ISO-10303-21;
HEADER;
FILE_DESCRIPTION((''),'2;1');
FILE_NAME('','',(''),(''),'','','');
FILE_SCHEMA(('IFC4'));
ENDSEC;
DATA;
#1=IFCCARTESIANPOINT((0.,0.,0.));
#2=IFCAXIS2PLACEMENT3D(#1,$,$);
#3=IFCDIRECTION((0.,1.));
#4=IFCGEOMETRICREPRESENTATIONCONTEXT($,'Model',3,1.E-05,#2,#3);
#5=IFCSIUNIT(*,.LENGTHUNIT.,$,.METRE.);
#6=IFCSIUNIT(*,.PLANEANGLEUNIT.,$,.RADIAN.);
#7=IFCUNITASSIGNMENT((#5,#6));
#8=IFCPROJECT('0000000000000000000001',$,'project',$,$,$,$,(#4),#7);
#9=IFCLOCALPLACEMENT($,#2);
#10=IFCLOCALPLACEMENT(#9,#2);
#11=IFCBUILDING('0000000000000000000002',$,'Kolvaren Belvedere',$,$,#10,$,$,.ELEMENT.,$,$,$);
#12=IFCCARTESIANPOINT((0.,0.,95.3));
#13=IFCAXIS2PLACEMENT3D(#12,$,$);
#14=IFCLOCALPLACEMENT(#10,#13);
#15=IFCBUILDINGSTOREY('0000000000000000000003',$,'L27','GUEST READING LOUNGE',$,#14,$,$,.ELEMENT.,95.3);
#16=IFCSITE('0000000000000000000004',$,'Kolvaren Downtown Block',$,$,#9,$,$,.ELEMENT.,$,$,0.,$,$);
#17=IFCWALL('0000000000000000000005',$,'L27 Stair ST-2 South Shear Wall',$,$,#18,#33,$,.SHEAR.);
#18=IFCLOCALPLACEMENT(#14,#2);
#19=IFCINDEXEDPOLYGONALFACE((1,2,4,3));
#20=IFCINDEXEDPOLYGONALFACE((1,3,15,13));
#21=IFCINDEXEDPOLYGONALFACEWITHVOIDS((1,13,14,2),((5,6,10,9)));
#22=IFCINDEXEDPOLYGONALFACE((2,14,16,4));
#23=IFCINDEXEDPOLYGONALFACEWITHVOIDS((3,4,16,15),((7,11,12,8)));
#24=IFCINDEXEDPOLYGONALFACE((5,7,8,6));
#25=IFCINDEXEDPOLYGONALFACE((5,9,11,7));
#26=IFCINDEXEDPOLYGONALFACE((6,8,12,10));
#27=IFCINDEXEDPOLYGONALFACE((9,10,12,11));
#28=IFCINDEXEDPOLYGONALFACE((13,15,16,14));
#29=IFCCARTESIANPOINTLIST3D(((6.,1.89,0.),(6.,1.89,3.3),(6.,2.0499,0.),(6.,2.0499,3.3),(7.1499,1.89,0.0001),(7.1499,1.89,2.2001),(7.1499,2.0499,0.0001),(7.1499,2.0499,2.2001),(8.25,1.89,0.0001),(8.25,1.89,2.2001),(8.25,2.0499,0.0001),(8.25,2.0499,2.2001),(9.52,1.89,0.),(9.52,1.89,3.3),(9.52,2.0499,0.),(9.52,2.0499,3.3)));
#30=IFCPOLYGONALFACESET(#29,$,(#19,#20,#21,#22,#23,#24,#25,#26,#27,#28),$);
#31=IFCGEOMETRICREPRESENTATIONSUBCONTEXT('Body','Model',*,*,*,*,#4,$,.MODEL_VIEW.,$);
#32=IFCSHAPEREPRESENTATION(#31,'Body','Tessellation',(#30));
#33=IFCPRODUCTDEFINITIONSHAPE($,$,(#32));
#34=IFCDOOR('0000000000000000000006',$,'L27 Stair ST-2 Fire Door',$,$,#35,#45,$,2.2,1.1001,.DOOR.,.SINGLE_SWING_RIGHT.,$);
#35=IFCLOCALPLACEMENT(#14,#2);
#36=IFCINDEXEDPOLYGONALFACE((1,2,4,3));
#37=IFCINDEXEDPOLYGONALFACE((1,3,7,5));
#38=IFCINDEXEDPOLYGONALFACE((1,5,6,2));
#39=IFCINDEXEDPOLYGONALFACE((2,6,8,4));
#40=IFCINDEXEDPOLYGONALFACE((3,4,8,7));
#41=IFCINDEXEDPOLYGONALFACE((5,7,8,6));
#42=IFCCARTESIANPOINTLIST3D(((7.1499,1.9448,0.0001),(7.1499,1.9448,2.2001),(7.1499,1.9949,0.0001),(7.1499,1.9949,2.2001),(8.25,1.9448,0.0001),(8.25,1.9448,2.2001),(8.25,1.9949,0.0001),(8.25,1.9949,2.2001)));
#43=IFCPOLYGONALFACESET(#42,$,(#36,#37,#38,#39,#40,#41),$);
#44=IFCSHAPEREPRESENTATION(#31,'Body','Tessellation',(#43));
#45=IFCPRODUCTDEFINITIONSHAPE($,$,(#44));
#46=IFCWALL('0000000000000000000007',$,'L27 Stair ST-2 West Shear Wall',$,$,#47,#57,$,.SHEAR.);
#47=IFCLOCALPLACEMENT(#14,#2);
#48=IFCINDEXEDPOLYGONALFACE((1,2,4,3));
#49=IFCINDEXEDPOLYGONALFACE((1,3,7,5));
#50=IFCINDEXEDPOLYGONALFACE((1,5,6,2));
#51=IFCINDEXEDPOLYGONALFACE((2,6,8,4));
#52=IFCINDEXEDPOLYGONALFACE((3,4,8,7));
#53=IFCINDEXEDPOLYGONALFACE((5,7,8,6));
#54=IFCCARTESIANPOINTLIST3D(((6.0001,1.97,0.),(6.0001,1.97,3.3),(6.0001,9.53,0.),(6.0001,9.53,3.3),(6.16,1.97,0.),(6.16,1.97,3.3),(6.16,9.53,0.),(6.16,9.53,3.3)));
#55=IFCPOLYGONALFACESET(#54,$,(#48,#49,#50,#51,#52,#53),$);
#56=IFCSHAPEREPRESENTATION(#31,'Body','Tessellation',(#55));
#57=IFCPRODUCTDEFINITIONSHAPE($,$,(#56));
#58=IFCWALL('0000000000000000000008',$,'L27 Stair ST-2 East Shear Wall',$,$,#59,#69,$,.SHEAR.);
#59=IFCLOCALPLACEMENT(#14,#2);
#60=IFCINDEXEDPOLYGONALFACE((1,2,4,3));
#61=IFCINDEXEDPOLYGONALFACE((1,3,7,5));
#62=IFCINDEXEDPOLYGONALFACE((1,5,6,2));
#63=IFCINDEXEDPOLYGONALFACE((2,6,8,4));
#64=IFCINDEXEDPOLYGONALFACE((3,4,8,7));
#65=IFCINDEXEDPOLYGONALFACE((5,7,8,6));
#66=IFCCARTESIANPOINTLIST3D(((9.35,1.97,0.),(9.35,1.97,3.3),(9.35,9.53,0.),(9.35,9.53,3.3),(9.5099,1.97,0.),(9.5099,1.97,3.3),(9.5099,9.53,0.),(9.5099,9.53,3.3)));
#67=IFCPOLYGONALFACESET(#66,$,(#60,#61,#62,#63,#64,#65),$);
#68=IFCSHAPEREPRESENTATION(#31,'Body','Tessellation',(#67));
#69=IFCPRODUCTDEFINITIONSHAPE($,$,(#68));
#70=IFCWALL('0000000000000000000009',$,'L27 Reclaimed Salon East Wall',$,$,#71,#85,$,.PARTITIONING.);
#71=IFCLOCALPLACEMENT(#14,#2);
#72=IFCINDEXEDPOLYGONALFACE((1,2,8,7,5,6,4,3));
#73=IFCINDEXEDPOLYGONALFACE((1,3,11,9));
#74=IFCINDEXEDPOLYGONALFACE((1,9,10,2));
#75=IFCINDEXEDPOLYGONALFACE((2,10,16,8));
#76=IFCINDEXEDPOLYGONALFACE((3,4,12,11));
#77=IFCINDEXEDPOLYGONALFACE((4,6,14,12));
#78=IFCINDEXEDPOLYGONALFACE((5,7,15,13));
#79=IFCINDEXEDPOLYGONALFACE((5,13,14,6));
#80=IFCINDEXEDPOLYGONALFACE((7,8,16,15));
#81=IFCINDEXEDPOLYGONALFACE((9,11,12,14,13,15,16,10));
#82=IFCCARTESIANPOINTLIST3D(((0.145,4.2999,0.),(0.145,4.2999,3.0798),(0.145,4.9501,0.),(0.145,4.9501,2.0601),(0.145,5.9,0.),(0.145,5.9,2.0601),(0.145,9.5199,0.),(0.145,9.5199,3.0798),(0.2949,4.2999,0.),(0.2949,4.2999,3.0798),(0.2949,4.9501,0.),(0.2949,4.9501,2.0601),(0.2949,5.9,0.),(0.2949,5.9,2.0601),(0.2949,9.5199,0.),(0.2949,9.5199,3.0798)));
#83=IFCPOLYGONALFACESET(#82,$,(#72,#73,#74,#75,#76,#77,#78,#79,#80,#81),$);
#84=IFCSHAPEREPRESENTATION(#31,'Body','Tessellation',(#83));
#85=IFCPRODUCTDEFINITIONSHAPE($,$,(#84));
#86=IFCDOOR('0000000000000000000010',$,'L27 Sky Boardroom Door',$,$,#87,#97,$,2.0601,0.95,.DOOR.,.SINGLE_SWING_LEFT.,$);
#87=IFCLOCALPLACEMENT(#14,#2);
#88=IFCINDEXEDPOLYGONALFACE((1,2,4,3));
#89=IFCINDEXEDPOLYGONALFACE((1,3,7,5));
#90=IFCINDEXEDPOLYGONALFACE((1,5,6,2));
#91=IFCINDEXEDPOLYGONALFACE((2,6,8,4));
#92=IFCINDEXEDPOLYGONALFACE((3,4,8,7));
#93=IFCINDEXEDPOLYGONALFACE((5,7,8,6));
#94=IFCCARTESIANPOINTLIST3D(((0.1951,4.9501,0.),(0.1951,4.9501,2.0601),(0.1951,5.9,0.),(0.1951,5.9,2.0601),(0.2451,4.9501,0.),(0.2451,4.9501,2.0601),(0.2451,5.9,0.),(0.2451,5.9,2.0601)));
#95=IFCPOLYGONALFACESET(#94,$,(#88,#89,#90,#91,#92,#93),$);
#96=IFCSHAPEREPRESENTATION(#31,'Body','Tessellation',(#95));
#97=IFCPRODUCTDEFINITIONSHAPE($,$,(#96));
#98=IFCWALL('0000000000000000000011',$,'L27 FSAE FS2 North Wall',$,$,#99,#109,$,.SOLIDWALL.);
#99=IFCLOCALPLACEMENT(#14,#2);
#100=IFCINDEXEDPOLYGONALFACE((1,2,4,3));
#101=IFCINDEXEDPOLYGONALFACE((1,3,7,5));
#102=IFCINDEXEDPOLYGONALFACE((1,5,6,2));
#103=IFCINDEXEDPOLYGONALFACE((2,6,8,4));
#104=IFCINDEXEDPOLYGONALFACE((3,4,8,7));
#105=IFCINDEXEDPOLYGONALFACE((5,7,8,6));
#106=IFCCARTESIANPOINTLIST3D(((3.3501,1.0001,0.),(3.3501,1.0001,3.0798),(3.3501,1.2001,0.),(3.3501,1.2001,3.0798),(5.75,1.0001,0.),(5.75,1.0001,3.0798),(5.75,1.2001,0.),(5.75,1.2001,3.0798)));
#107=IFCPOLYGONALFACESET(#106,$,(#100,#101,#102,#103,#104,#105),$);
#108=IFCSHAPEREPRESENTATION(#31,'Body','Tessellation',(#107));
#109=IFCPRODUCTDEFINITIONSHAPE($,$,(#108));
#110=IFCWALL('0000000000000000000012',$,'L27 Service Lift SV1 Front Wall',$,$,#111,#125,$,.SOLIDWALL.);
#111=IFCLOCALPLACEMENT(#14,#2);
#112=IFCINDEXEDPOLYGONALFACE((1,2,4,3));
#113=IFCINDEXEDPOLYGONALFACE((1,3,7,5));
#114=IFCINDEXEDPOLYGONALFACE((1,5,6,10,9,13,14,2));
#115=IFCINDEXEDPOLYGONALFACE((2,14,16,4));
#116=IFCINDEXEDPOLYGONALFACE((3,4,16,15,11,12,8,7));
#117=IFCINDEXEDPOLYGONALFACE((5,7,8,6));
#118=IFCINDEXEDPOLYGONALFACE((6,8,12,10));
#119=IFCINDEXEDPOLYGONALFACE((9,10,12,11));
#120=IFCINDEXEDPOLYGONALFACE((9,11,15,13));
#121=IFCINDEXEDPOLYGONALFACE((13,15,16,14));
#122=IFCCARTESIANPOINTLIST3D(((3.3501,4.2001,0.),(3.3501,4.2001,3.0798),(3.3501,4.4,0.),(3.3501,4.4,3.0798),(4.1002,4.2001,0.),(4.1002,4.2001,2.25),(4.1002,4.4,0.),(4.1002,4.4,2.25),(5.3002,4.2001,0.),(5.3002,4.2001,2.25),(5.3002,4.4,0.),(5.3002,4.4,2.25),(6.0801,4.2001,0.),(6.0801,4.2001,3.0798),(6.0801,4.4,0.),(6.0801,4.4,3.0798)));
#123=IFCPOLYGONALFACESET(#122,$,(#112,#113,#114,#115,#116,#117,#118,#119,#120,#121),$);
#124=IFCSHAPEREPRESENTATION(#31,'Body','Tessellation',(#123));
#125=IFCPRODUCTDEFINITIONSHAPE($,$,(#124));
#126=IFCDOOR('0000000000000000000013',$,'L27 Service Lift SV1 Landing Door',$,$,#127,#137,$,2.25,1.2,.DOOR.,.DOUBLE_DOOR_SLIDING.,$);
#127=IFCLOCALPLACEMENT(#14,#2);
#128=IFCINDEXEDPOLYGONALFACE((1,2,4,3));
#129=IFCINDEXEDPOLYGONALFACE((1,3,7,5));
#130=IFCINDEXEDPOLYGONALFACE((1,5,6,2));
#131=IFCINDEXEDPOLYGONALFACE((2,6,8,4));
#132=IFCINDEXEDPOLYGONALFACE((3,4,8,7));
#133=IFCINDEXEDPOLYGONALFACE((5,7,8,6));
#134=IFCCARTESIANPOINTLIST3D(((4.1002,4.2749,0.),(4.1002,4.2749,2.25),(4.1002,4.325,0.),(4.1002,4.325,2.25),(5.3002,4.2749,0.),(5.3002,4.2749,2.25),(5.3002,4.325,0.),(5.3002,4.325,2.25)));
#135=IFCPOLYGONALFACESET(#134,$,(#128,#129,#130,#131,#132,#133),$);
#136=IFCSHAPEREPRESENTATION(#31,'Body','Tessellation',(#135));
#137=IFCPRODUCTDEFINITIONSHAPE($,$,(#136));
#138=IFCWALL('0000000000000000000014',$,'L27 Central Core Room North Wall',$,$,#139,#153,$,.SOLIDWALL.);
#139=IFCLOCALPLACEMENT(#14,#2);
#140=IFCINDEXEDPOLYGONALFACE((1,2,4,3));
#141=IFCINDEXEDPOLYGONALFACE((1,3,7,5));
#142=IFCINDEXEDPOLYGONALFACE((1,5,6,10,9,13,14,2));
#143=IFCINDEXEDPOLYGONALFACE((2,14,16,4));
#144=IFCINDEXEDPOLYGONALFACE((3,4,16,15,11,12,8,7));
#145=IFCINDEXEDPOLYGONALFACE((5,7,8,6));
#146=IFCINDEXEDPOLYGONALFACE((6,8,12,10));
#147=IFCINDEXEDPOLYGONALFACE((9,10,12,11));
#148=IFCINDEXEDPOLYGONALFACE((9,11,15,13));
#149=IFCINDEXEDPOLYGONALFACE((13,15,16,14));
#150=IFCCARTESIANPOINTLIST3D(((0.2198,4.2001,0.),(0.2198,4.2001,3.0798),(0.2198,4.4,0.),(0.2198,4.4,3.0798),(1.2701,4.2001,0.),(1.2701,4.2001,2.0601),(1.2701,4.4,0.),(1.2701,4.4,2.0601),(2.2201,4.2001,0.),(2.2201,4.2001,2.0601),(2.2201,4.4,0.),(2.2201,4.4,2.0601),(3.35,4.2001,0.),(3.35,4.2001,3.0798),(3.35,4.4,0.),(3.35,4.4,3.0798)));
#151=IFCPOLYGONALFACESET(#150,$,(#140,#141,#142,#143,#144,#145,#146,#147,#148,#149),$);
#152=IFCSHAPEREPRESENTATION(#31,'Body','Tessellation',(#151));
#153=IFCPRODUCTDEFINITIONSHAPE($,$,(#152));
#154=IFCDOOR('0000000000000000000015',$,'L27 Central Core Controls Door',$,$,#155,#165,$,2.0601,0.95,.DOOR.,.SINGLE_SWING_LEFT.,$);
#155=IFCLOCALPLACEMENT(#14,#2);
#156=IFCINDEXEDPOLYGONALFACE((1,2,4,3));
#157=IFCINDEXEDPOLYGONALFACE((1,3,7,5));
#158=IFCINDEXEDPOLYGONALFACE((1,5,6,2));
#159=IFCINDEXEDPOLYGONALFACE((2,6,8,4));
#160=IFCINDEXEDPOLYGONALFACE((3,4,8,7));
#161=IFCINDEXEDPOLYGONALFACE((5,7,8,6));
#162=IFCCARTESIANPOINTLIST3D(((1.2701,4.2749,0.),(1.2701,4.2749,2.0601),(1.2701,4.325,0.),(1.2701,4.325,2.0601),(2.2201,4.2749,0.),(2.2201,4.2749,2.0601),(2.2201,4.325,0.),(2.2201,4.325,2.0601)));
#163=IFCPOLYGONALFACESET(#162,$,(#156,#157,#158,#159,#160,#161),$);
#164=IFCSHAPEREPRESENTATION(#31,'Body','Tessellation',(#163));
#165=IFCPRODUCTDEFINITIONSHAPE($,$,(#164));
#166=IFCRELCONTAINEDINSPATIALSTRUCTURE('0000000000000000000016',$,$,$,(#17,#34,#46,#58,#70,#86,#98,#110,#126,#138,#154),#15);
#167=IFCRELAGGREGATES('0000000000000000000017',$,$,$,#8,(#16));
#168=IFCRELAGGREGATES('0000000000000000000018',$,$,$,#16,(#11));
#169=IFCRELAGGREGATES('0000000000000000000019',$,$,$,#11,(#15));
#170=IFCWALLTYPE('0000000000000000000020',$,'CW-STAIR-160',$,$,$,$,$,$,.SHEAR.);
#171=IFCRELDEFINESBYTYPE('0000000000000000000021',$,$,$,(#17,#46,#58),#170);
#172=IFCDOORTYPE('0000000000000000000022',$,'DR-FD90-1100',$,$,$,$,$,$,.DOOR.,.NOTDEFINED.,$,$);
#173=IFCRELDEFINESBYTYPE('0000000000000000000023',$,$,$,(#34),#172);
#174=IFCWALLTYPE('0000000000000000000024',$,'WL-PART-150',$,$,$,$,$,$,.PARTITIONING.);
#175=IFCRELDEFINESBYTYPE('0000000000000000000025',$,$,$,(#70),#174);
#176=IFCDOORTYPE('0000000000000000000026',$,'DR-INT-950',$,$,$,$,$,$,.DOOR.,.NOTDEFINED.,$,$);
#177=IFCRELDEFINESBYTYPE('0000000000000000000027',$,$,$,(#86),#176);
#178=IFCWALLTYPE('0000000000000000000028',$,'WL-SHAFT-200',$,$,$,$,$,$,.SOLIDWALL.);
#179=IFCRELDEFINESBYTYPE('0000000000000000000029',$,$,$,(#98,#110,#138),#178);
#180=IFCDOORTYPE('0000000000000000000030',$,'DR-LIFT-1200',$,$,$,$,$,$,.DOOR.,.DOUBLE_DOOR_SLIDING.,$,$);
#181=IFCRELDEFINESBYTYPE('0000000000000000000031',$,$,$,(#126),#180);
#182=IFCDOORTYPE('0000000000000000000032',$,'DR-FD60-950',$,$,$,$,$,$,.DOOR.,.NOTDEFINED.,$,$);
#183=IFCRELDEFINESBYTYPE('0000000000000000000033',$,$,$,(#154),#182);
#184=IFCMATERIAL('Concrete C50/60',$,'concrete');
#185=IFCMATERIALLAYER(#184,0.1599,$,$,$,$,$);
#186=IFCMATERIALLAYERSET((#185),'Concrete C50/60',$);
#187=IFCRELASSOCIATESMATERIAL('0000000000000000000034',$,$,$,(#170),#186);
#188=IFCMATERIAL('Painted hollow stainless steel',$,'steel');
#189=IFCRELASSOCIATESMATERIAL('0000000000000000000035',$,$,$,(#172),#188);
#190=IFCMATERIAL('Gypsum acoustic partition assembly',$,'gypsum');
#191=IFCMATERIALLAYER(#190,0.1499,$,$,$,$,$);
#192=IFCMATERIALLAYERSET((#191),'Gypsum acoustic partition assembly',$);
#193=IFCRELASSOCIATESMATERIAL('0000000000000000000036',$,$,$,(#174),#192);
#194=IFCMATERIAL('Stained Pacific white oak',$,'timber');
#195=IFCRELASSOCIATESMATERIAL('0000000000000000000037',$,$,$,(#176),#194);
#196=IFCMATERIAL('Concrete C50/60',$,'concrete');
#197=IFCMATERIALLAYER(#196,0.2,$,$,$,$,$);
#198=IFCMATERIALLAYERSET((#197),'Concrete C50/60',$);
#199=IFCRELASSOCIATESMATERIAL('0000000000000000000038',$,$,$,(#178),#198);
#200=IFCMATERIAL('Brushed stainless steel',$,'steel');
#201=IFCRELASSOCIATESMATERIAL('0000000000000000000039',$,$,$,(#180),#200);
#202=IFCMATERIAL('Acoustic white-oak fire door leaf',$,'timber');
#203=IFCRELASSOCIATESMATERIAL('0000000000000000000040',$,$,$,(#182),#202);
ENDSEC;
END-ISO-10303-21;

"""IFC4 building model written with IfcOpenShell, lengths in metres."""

from ifc_helpers import new_model, si_unit, direction, frame, frame_2d, origin, place, context, subcontext, project, spatial, rectangle, extrude, material, layer, layer_set, type_object, element, fill, save


model = new_model("IFC4")

# Units and contexts
model_context = context("Model", 3, precision=1e-05, world=origin(), true_north=direction((0.0, 1.0)))
body_context = subcontext(model_context, "Body", "Model", "MODEL_VIEW")
ifc_project = project(units=[si_unit("LENGTHUNIT", "METRE"), si_unit("PLANEANGLEUNIT", "RADIAN")], contexts=[model_context])

# Site, building, storey
site_placement = place(None, origin())
site = spatial("IfcSite", under=ifc_project, at=site_placement, Name="Kolvaren Downtown Block", CompositionType="ELEMENT", RefElevation=0.0)
building_placement = place(site_placement, origin())
building = spatial("IfcBuilding", under=site, at=building_placement, Name="Kolvaren Belvedere", CompositionType="ELEMENT")
storey_placement = place(building_placement, frame((0.0, 0.0, 95.3)))
storey = spatial("IfcBuildingStorey", under=building, at=storey_placement, Name="L27", Description="GUEST READING LOUNGE", CompositionType="ELEMENT", Elevation=95.3)

# Wall, opening, door
ifc_material_1 = material(Name="Concrete C50/60", Category="concrete")
ifc_layer_1 = layer(ifc_material_1, 0.1599)
ifc_layer_set_1 = layer_set([ifc_layer_1], Name="Concrete C50/60")
wall_type_1 = type_object("IfcWallType", Name="CW-STAIR-160", PredefinedType="SHEAR", material=ifc_layer_set_1)
wall_1_placement = place(storey_placement, frame((6.0, 1.97, 0.0), z_axis=(0.0, 0.0, 1.0), x_axis=(1.0, 0.0, 0.0)))
wall_1 = element("IfcWall", 1, at=wall_1_placement, inside=storey, type_object=wall_type_1, Name="L27 Stair ST-2 South Shear Wall", PredefinedType="SHEAR", context=body_context, shape_type="SweptSolid", body=[
    extrude(rectangle(XDim=3.52, YDim=0.1599, at=frame_2d((1.76, 0.0))), origin(), (0.0, 0.0, 1.0), 3.3),
])
opening_1_placement = place(wall_1_placement, frame((1.1499, 0.0, 0.0)))
opening_1 = element("IfcOpeningElement", 2, at=opening_1_placement, cuts=wall_1, PredefinedType="OPENING", context=body_context, shape_type="SweptSolid", body=[
    extrude(rectangle(XDim=1.1001, YDim=2.2, at=frame_2d((0.55, 1.1001))), frame((0.0, 0.0898, 0.0), z_axis=(0.0, -1.0, 0.0), x_axis=(1.0, 0.0, 0.0)), (0.0, 0.0, 1.0), 0.1799),
])
ifc_material_2 = material(Name="Painted hollow stainless steel", Category="steel")
door_type_1 = type_object("IfcDoorType", Name="DR-FD90-1100", OperationType="NOTDEFINED", PredefinedType="DOOR", material=ifc_material_2)
door_1_placement = place(opening_1_placement, origin())
door_1 = element("IfcDoor", 3, at=door_1_placement, inside=storey, type_object=door_type_1, Name="L27 Stair ST-2 Fire Door", OperationType="SINGLE_SWING_RIGHT", OverallHeight=2.2, OverallWidth=1.1001, PredefinedType="DOOR", context=body_context, shape_type="SweptSolid", body=[
    extrude(rectangle(XDim=1.1001, YDim=2.2, at=frame_2d((0.55, 1.1001))), frame((0.0, 0.0249, 0.0), z_axis=(0.0, -1.0, 0.0), x_axis=(1.0, 0.0, 0.0)), (0.0, 0.0, 1.0), 0.05),
])
fill(opening_1, door_1)

# Walls
for number, where, z_axis, x_axis, name in (
    (4, (6.0801, 1.97, 0.0), (0.0, 0.0, 1.0), (0.0, 1.0, 0.0), "L27 Stair ST-2 West Shear Wall"),
    (5, (9.4299, 1.97, 0.0), (0.0, 0.0, 1.0), (0.0, 1.0, 0.0), "L27 Stair ST-2 East Shear Wall"),
):
    element("IfcWall", number, at=place(storey_placement, frame(where, z_axis=z_axis, x_axis=x_axis)), inside=storey, type_object=wall_type_1, Name=name, PredefinedType="SHEAR", context=body_context, shape_type="SweptSolid", body=[
        extrude(rectangle(XDim=7.5601, YDim=0.1599, at=frame_2d((3.78, 0.0))), origin(), (0.0, 0.0, 1.0), 3.3),
    ])

# Wall, opening, door
ifc_material_3 = material(Name="Gypsum acoustic partition assembly", Category="gypsum")
ifc_layer_2 = layer(ifc_material_3, 0.1499)
ifc_layer_set_2 = layer_set([ifc_layer_2], Name="Gypsum acoustic partition assembly")
wall_type_2 = type_object("IfcWallType", Name="WL-PART-150", PredefinedType="PARTITIONING", material=ifc_layer_set_2)
wall_2_placement = place(storey_placement, frame((0.22, 4.3, 0.0), z_axis=(0.0, 0.0, 1.0), x_axis=(0.0, 1.0, 0.0)))
wall_2 = element("IfcWall", 6, at=wall_2_placement, inside=storey, type_object=wall_type_2, Name="L27 Reclaimed Salon East Wall", PredefinedType="PARTITIONING", context=body_context, shape_type="SweptSolid", body=[
    extrude(rectangle(XDim=5.22, YDim=0.1499, at=frame_2d((2.6099, 0.0))), origin(), (0.0, 0.0, 1.0), 3.0798),
])
opening_2_placement = place(wall_2_placement, frame((0.6499, 0.0, 0.0)))
opening_2 = element("IfcOpeningElement", 7, at=opening_2_placement, cuts=wall_2, PredefinedType="OPENING", context=body_context, shape_type="SweptSolid", body=[
    extrude(rectangle(XDim=0.95, YDim=2.0601, at=frame_2d((0.4751, 1.03))), frame((0.0, 0.085, 0.0), z_axis=(0.0, -1.0, 0.0), x_axis=(1.0, 0.0, 0.0)), (0.0, 0.0, 1.0), 0.1699),
])
ifc_material_4 = material(Name="Stained Pacific white oak", Category="timber")
door_type_2 = type_object("IfcDoorType", Name="DR-INT-950", OperationType="NOTDEFINED", PredefinedType="DOOR", material=ifc_material_4)
door_2_placement = place(opening_2_placement, origin())
door_2 = element("IfcDoor", 8, at=door_2_placement, inside=storey, type_object=door_type_2, Name="L27 Sky Boardroom Door", OperationType="SINGLE_SWING_LEFT", OverallHeight=2.0601, OverallWidth=0.95, PredefinedType="DOOR", context=body_context, shape_type="SweptSolid", body=[
    extrude(rectangle(XDim=0.95, YDim=2.0601, at=frame_2d((0.4751, 1.03))), frame((0.0, 0.0249, 0.0), z_axis=(0.0, -1.0, 0.0), x_axis=(1.0, 0.0, 0.0)), (0.0, 0.0, 1.0), 0.05),
])
fill(opening_2, door_2)

# Wall
ifc_material_5 = material(Name="Concrete C50/60", Category="concrete")
ifc_layer_3 = layer(ifc_material_5, 0.2)
ifc_layer_set_3 = layer_set([ifc_layer_3], Name="Concrete C50/60")
wall_type_3 = type_object("IfcWallType", Name="WL-SHAFT-200", PredefinedType="SOLIDWALL", material=ifc_layer_set_3)
wall_3_placement = place(storey_placement, frame((3.3501, 1.1001, 0.0), z_axis=(0.0, 0.0, 1.0), x_axis=(1.0, 0.0, 0.0)))
element("IfcWall", 9, at=wall_3_placement, inside=storey, type_object=wall_type_3, Name="L27 FSAE FS2 North Wall", PredefinedType="SOLIDWALL", context=body_context, shape_type="SweptSolid", body=[
    extrude(rectangle(XDim=2.3999, YDim=0.2, at=frame_2d((1.2, 0.0))), origin(), (0.0, 0.0, 1.0), 3.0798),
])

# Walls, openings, doors
wall_4_placement = place(storey_placement, frame((3.3501, 4.3, 0.0), z_axis=(0.0, 0.0, 1.0), x_axis=(1.0, 0.0, 0.0)))
wall_4 = element("IfcWall", 10, at=wall_4_placement, inside=storey, type_object=wall_type_3, Name="L27 Service Lift SV1 Front Wall", PredefinedType="SOLIDWALL", context=body_context, shape_type="SweptSolid", body=[
    extrude(rectangle(XDim=2.73, YDim=0.2, at=frame_2d((1.365, 0.0))), origin(), (0.0, 0.0, 1.0), 3.0798),
])
opening_3_placement = place(wall_4_placement, frame((0.75, 0.0, 0.0)))
opening_3 = element("IfcOpeningElement", 11, at=opening_3_placement, cuts=wall_4, PredefinedType="OPENING", context=body_context, shape_type="SweptSolid", body=[
    extrude(rectangle(XDim=1.2, YDim=2.25, at=frame_2d((0.6001, 1.125))), frame((0.0, 0.1099, 0.0), z_axis=(0.0, -1.0, 0.0), x_axis=(1.0, 0.0, 0.0)), (0.0, 0.0, 1.0), 0.22),
])
ifc_material_6 = material(Name="Brushed stainless steel", Category="steel")
door_type_3 = type_object("IfcDoorType", Name="DR-LIFT-1200", OperationType="DOUBLE_DOOR_SLIDING", PredefinedType="DOOR", material=ifc_material_6)
door_3_placement = place(opening_3_placement, origin())
door_3 = element("IfcDoor", 12, at=door_3_placement, inside=storey, type_object=door_type_3, Name="L27 Service Lift SV1 Landing Door", OperationType="DOUBLE_DOOR_SLIDING", OverallHeight=2.25, OverallWidth=1.2, PredefinedType="DOOR", context=body_context, shape_type="SweptSolid", body=[
    extrude(rectangle(XDim=1.2, YDim=2.25, at=frame_2d((0.6001, 1.125))), frame((0.0, 0.0249, 0.0), z_axis=(0.0, -1.0, 0.0), x_axis=(1.0, 0.0, 0.0)), (0.0, 0.0, 1.0), 0.05),
])
fill(opening_3, door_3)
wall_5_placement = place(storey_placement, frame((0.22, 4.3, 0.0), z_axis=(0.0, 0.0, 1.0), x_axis=(1.0, 0.0, 0.0)))
wall_5 = element("IfcWall", 13, at=wall_5_placement, inside=storey, type_object=wall_type_3, Name="L27 Central Core Room North Wall", PredefinedType="SOLIDWALL", context=body_context, shape_type="SweptSolid", body=[
    extrude(rectangle(XDim=3.1301, YDim=0.2, at=frame_2d((1.5649, 0.0))), origin(), (0.0, 0.0, 1.0), 3.0798),
])
opening_4_placement = place(wall_5_placement, frame((1.05, 0.0, 0.0)))
opening_4 = element("IfcOpeningElement", 14, at=opening_4_placement, cuts=wall_5, PredefinedType="OPENING", context=body_context, shape_type="SweptSolid", body=[
    extrude(rectangle(XDim=0.95, YDim=2.0601, at=frame_2d((0.4751, 1.03))), frame((0.0, 0.1099, 0.0), z_axis=(0.0, -1.0, 0.0), x_axis=(1.0, 0.0, 0.0)), (0.0, 0.0, 1.0), 0.22),
])
ifc_material_7 = material(Name="Acoustic white-oak fire door leaf", Category="timber")
door_type_4 = type_object("IfcDoorType", Name="DR-FD60-950", OperationType="NOTDEFINED", PredefinedType="DOOR", material=ifc_material_7)
door_4_placement = place(opening_4_placement, origin())
door_4 = element("IfcDoor", 15, at=door_4_placement, inside=storey, type_object=door_type_4, Name="L27 Central Core Controls Door", OperationType="SINGLE_SWING_LEFT", OverallHeight=2.0601, OverallWidth=0.95, PredefinedType="DOOR", context=body_context, shape_type="SweptSolid", body=[
    extrude(rectangle(XDim=0.95, YDim=2.0601, at=frame_2d((0.4751, 1.03))), frame((0.0, 0.0249, 0.0), z_axis=(0.0, -1.0, 0.0), x_axis=(1.0, 0.0, 0.0)), (0.0, 0.0, 1.0), 0.05),
])
fill(opening_4, door_4)

save(model, "model.ifc")
